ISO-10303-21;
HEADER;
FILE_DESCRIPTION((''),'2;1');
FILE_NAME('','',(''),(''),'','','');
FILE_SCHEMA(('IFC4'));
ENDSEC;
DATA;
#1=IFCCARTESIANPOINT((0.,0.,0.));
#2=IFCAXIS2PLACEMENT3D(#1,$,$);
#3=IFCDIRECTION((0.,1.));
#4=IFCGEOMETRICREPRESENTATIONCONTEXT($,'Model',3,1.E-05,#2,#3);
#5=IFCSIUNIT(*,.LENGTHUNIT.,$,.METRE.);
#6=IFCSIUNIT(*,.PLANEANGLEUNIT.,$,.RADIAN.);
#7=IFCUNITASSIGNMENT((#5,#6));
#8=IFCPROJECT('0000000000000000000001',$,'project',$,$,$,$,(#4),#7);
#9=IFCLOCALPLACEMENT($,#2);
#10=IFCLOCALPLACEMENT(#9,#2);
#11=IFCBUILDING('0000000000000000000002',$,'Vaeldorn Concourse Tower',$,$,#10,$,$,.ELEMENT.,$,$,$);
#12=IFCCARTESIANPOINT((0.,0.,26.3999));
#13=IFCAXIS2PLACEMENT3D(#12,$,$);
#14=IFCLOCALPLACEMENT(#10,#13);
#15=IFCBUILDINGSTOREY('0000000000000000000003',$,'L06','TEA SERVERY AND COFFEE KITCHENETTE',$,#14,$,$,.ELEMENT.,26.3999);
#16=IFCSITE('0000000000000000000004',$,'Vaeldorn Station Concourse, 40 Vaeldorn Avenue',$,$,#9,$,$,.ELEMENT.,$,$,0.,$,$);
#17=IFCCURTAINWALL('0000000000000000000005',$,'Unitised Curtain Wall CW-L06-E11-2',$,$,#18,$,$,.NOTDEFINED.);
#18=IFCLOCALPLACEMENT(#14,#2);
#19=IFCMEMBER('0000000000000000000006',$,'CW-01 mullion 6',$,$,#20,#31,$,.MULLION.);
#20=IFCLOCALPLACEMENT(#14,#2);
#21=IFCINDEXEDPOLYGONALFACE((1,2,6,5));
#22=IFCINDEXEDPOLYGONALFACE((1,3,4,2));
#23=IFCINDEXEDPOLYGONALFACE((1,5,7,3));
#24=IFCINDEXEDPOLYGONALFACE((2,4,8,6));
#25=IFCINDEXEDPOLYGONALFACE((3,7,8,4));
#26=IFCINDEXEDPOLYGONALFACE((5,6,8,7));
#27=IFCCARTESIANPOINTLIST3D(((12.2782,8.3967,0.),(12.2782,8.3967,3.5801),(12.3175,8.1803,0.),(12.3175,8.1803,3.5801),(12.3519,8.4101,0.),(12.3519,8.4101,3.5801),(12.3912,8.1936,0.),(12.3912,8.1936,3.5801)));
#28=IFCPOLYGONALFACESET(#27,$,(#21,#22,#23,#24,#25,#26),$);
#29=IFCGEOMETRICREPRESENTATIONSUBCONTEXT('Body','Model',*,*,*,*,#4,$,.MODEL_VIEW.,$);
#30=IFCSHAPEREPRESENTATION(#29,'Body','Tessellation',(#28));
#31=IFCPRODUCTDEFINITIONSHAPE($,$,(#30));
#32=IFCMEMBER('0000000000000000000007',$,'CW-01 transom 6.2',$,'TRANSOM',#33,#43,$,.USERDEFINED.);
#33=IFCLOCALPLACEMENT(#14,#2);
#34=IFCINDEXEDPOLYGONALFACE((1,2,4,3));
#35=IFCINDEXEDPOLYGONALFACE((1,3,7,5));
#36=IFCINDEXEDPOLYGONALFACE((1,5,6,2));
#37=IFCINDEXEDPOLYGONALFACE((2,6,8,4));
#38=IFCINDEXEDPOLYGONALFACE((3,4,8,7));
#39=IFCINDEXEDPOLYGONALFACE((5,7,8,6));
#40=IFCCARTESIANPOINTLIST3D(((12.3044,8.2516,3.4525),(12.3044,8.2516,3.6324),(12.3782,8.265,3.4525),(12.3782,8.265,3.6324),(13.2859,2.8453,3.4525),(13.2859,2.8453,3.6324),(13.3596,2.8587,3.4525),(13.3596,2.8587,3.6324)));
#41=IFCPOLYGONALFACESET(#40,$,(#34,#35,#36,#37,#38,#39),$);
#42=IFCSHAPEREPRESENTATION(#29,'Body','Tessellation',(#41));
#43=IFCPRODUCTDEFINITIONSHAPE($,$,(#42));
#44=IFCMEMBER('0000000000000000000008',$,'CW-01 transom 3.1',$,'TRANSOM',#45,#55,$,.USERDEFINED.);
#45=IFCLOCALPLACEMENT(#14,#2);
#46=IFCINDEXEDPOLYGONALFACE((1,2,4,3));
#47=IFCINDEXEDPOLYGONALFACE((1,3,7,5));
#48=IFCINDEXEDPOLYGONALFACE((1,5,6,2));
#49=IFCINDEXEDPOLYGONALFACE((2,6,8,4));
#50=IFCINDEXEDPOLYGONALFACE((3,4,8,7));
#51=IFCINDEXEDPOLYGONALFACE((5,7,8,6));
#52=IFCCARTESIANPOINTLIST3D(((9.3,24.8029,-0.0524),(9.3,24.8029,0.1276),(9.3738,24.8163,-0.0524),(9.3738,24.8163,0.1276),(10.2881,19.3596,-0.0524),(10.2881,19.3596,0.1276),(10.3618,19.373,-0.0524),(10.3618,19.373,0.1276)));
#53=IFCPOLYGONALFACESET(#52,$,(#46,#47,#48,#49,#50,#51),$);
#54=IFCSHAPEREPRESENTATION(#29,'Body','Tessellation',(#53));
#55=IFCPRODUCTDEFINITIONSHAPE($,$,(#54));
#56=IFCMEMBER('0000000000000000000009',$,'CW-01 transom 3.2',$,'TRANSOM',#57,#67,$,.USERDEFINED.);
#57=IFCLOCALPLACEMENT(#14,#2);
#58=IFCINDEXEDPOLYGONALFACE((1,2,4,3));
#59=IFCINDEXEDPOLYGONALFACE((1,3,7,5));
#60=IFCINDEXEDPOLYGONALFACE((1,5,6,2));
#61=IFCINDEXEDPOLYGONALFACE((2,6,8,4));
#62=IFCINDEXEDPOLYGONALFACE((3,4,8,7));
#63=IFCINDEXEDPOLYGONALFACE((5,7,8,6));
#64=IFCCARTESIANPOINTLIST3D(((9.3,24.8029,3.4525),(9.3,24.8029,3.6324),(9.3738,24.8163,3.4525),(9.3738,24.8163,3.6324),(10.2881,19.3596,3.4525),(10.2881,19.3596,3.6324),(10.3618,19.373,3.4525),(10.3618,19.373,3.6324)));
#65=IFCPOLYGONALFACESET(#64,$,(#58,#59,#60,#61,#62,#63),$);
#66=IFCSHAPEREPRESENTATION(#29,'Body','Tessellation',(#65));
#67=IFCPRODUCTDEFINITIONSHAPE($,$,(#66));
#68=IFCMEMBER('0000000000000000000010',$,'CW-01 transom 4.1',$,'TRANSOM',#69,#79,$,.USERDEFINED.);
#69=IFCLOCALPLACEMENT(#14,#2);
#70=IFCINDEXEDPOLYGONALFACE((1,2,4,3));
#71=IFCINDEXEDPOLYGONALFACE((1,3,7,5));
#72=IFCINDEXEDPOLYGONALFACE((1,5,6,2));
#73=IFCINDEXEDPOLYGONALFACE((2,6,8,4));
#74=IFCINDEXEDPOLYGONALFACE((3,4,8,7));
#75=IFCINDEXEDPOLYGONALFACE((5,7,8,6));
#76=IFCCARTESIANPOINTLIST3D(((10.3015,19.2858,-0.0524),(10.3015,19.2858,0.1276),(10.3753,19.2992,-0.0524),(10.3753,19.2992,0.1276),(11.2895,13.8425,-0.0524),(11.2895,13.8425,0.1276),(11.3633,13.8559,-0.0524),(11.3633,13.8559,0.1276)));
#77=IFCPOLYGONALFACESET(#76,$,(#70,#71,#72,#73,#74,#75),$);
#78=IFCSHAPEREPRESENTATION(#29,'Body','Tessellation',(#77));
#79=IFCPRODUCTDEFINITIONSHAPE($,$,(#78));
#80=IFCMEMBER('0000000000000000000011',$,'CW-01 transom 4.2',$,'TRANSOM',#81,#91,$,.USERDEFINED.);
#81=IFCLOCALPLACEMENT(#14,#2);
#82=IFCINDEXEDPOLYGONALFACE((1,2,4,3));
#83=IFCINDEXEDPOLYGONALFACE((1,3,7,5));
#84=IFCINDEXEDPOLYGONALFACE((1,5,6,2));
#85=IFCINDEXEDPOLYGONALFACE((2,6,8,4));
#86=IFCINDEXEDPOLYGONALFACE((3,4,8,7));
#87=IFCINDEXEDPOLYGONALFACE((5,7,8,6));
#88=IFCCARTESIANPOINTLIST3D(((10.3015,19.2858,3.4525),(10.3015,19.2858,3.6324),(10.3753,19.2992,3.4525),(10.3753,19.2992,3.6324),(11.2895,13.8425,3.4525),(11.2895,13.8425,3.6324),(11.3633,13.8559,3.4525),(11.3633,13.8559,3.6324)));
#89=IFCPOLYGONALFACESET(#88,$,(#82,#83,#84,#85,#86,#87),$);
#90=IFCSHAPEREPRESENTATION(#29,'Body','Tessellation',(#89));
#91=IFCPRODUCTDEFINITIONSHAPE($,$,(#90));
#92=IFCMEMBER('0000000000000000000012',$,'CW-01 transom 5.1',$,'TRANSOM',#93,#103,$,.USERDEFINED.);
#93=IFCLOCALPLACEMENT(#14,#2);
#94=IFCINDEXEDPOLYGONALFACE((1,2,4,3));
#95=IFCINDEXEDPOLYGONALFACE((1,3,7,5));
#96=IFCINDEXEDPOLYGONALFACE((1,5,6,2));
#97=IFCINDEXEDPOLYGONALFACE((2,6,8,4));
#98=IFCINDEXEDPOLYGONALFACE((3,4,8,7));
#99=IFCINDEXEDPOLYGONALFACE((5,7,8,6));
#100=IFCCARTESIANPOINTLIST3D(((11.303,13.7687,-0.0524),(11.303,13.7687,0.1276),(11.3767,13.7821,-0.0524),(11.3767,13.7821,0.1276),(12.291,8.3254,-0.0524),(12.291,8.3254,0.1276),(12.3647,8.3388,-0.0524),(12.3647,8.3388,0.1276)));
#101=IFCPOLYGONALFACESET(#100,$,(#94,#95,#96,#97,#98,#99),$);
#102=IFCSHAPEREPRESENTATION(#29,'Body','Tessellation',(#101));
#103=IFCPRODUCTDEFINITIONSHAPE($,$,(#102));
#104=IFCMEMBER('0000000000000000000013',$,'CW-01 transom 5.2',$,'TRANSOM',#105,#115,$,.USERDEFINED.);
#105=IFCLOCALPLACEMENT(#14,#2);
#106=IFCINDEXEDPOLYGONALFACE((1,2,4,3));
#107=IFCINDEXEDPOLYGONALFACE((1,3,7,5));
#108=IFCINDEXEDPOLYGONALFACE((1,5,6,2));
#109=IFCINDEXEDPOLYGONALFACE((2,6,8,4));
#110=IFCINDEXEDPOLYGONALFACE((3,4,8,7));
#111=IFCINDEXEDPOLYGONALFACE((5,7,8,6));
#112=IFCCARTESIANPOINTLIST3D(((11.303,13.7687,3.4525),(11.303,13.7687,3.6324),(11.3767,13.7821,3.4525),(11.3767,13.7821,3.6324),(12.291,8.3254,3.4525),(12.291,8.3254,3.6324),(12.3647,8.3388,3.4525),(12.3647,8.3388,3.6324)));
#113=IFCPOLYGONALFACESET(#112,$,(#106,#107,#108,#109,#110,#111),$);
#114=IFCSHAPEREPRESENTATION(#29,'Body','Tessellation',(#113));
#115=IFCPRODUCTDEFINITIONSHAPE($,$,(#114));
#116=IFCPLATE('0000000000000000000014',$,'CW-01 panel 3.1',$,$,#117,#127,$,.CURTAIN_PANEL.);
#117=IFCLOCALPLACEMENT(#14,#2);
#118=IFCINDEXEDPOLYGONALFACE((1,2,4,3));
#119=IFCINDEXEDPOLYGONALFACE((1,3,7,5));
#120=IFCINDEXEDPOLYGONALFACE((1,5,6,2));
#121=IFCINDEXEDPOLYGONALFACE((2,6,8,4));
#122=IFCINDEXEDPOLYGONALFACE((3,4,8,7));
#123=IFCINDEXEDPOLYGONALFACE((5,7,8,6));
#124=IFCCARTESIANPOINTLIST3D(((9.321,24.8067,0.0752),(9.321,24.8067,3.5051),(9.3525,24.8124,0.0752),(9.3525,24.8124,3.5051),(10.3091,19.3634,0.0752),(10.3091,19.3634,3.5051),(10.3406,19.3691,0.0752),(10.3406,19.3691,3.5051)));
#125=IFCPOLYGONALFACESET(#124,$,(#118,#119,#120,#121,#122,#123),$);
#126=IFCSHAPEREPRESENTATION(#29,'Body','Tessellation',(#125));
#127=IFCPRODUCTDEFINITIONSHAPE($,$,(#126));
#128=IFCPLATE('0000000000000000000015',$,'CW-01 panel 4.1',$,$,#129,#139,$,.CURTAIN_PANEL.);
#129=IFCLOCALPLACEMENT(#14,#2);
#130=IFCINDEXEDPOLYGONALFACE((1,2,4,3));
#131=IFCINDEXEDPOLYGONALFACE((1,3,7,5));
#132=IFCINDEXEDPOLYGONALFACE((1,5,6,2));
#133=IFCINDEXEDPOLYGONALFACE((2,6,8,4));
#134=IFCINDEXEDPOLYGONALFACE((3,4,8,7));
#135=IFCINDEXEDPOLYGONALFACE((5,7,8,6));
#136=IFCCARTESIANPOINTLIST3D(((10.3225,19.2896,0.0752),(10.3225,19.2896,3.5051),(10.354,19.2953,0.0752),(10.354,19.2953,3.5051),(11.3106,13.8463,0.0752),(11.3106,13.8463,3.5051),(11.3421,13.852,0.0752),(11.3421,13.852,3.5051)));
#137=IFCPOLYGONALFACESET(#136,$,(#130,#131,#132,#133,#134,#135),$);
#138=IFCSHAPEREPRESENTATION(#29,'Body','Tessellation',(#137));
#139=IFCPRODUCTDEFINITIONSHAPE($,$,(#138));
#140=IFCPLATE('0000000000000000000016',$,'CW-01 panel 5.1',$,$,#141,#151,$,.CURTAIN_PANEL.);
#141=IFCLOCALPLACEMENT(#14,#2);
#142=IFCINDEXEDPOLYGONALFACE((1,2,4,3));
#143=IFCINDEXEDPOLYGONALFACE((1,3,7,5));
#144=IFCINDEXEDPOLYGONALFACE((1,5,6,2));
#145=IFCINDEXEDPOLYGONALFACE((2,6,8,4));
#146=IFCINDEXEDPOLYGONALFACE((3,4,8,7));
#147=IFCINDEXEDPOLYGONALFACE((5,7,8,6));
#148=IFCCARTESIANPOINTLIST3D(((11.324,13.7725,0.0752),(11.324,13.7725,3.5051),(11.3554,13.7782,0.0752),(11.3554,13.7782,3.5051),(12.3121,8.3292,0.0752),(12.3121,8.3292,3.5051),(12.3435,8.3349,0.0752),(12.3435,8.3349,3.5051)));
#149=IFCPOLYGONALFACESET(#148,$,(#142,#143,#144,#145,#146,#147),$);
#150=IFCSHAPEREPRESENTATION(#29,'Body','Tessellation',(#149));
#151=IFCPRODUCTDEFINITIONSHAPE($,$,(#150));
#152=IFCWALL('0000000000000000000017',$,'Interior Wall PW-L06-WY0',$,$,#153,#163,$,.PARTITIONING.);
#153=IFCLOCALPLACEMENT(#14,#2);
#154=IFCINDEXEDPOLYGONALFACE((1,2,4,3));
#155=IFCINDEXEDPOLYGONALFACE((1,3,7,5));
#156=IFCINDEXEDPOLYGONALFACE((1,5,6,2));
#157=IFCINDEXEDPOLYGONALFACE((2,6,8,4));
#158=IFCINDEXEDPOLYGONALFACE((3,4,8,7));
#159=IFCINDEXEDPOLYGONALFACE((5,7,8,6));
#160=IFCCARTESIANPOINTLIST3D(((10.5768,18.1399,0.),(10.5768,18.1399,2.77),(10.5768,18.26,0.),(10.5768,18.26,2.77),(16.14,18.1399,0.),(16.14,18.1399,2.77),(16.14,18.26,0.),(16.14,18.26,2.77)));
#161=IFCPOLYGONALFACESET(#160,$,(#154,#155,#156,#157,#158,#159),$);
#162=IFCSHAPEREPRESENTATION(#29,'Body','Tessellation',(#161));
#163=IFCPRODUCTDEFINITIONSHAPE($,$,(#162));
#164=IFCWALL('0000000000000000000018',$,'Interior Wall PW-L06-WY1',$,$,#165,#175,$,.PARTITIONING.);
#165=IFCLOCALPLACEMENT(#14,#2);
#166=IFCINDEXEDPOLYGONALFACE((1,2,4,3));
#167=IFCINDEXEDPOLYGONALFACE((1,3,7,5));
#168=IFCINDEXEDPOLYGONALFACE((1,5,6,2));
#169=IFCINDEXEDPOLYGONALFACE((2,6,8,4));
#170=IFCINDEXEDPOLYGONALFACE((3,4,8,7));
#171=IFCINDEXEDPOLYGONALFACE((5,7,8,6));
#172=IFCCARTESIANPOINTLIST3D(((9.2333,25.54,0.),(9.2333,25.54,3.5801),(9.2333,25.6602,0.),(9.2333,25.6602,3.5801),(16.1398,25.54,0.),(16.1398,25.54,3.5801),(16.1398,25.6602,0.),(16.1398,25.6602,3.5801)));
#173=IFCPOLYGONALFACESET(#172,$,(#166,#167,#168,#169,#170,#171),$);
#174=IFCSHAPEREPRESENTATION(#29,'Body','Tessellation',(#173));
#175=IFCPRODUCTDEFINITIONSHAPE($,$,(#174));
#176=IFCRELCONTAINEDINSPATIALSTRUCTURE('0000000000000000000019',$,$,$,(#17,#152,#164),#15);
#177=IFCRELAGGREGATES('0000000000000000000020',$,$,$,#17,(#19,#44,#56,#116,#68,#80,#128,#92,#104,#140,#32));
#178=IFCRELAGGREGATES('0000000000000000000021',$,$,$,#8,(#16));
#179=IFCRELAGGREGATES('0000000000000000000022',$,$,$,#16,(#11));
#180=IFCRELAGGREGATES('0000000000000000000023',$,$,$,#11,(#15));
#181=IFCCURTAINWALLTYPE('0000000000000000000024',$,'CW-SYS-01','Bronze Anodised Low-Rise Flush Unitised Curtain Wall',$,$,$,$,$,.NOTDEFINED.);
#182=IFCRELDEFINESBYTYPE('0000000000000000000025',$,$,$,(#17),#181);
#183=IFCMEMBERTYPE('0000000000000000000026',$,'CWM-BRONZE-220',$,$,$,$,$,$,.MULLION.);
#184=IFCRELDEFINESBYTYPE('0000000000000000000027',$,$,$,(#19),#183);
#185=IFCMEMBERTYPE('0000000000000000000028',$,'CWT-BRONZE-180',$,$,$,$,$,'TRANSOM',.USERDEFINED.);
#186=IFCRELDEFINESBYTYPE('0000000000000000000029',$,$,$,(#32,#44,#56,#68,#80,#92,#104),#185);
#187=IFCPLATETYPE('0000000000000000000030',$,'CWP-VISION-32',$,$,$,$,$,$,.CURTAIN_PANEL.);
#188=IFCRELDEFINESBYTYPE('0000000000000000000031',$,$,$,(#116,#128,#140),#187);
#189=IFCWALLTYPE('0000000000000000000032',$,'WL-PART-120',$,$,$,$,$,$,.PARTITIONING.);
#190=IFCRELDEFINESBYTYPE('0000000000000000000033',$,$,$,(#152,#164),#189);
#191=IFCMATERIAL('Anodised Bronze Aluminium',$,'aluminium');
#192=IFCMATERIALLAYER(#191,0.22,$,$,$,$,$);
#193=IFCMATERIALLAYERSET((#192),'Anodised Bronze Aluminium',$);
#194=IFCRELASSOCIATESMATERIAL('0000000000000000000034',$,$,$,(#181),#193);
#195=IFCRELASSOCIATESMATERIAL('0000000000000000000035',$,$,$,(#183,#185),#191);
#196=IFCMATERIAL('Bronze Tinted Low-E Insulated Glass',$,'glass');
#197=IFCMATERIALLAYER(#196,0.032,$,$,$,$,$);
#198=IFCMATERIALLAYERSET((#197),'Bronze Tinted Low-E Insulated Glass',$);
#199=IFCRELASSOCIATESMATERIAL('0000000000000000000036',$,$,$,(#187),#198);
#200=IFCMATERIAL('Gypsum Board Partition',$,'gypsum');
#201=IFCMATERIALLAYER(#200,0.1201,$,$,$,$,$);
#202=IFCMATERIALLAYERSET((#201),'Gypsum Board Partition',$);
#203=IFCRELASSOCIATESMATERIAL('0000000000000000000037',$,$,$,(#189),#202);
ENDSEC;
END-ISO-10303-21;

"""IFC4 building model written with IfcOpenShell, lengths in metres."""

from ifc_helpers import new_model, si_unit, direction, frame, frame_2d, origin, origin_2d, place, context, subcontext, project, spatial, rectangle, extrude, source, transform, mapped, material, layer, layer_set, material_profile, profile_set, type_object, element, aggregate, save


model = new_model("IFC4")

# Units and contexts
model_context = context("Model", 3, precision=1e-05, world=origin(), true_north=direction((0.0, 1.0)))
body_context = subcontext(model_context, "Body", "Model", "MODEL_VIEW")
ifc_project = project(units=[si_unit("LENGTHUNIT", "METRE"), si_unit("PLANEANGLEUNIT", "RADIAN")], contexts=[model_context])

# Site, building, storey
site_placement = place(None, origin())
site = spatial("IfcSite", under=ifc_project, at=site_placement, Name="Vaeldorn Station Concourse, 40 Vaeldorn Avenue", CompositionType="ELEMENT", RefElevation=0.0)
building_placement = place(site_placement, origin())
building = spatial("IfcBuilding", under=site, at=building_placement, Name="Vaeldorn Concourse Tower", CompositionType="ELEMENT")
storey_placement = place(building_placement, frame((0.0, 0.0, 26.3999)))
storey = spatial("IfcBuildingStorey", under=building, at=storey_placement, Name="L06", Description="TEA SERVERY AND COFFEE KITCHENETTE", CompositionType="ELEMENT", Elevation=26.3999)

# Curtain wall, members, plates
ifc_material_1 = material(Name="Anodised Bronze Aluminium", Category="aluminium")
ifc_layer_1 = layer(ifc_material_1, 0.22)
ifc_layer_set_1 = layer_set([ifc_layer_1], Name="Anodised Bronze Aluminium")
curtain_wall_type = type_object("IfcCurtainWallType", Name="CW-SYS-01", Description="Bronze Anodised Low-Rise Flush Unitised Curtain Wall", PredefinedType="NOTDEFINED", material=ifc_layer_set_1)
curtain_wall_placement = place(storey_placement, origin())
curtain_wall = element("IfcCurtainWall", 1, at=curtain_wall_placement, inside=storey, type_object=curtain_wall_type, Name="Unitised Curtain Wall CW-L06-E11-2", PredefinedType="NOTDEFINED")
ifc_material_profile_1 = material_profile(ifc_material_1, rectangle(XDim=0.075, YDim=0.22, at=origin_2d()), Name="CWM 75x220")
ifc_profile_set_1 = profile_set([ifc_material_profile_1], Name="Anodised Bronze Aluminium")
member_type_1 = type_object("IfcMemberType", Name="CWM-BRONZE-220", PredefinedType="MULLION", material=ifc_profile_set_1)
shared_shape_1 = source(origin(), body_context, "Body", "SweptSolid", [
    extrude(rectangle(XDim=0.075, YDim=0.22, at=origin_2d()), origin(), (0.0, 0.0, 1.0), 3.5801),
])
member_1_placement = place(storey_placement, frame((12.3347, 8.2952, 0.0), z_axis=(0.0, 0.0, 1.0), x_axis=(0.98392, 0.178609, 0.0)))
member_1 = element("IfcMember", 2, at=member_1_placement, type_object=member_type_1, Name="CW-01 mullion 6", PredefinedType="MULLION", context=body_context, shape_type="MappedRepresentation", body=[
    mapped(shared_shape_1, transform((0.0, 0.0, 0.0), scale=1.0)),
])
ifc_material_profile_2 = material_profile(ifc_material_1, rectangle(XDim=0.075, YDim=0.1799, at=origin_2d()), Name="CWT 75x180")
ifc_profile_set_2 = profile_set([ifc_material_profile_2], Name="Anodised Bronze Aluminium")
member_type_2 = type_object("IfcMemberType", Name="CWT-BRONZE-180", ElementType="TRANSOM", PredefinedType="USERDEFINED", material=ifc_profile_set_2)
shared_shape_2 = source(origin(), body_context, "Body", "SweptSolid", [
    extrude(rectangle(XDim=0.075, YDim=0.1799, at=origin_2d()), origin(), (0.0, 0.0, 1.0), 5.4946),
])
member_2_placement = place(storey_placement, frame((12.3413, 8.2583, 3.5425), z_axis=(0.17862, -0.983918, 0.0), x_axis=(0.983918, 0.17862, 0.0)))
member_2 = element("IfcMember", 3, at=member_2_placement, type_object=member_type_2, Name="CW-01 transom 6.2", ObjectType="TRANSOM", PredefinedType="USERDEFINED", context=body_context, shape_type="MappedRepresentation", body=[
    mapped(shared_shape_2, transform((0.0, 0.0, 0.0), scale=1.0)),
])
shared_shape_3 = source(origin(), body_context, "Body", "SweptSolid", [
    extrude(rectangle(XDim=0.075, YDim=0.1799, at=origin_2d()), origin(), (0.0, 0.0, 1.0), 5.5322),
])
member_3_placement = place(storey_placement, frame((9.3369, 24.8096, 0.0376), z_axis=(0.178594, -0.983923, 0.0), x_axis=(0.983923, 0.178594, 0.0)))
member_3 = element("IfcMember", 4, at=member_3_placement, type_object=member_type_2, Name="CW-01 transom 3.1", ObjectType="TRANSOM", PredefinedType="USERDEFINED", context=body_context, shape_type="MappedRepresentation", body=[
    mapped(shared_shape_3, transform((0.0, 0.0, 0.0), scale=1.0)),
])
member_4_placement = place(storey_placement, frame((9.3369, 24.8096, 3.5425), z_axis=(0.178594, -0.983923, 0.0), x_axis=(0.983923, 0.178594, 0.0)))
member_4 = element("IfcMember", 5, at=member_4_placement, type_object=member_type_2, Name="CW-01 transom 3.2", ObjectType="TRANSOM", PredefinedType="USERDEFINED", context=body_context, shape_type="MappedRepresentation", body=[
    mapped(shared_shape_3, transform((0.0, 0.0, 0.0), scale=1.0)),
])
member_5_placement = place(storey_placement, frame((10.3384, 19.2925, 0.0376), z_axis=(0.178594, -0.983923, 0.0), x_axis=(0.983923, 0.178594, 0.0)))
member_5 = element("IfcMember", 6, at=member_5_placement, type_object=member_type_2, Name="CW-01 transom 4.1", ObjectType="TRANSOM", PredefinedType="USERDEFINED", context=body_context, shape_type="MappedRepresentation", body=[
    mapped(shared_shape_3, transform((0.0, 0.0, 0.0), scale=1.0)),
])
member_6_placement = place(storey_placement, frame((10.3384, 19.2925, 3.5425), z_axis=(0.178594, -0.983923, 0.0), x_axis=(0.983923, 0.178594, 0.0)))
member_6 = element("IfcMember", 7, at=member_6_placement, type_object=member_type_2, Name="CW-01 transom 4.2", ObjectType="TRANSOM", PredefinedType="USERDEFINED", context=body_context, shape_type="MappedRepresentation", body=[
    mapped(shared_shape_3, transform((0.0, 0.0, 0.0), scale=1.0)),
])
member_7_placement = place(storey_placement, frame((11.3398, 13.7754, 0.0376), z_axis=(0.178594, -0.983923, 0.0), x_axis=(0.983923, 0.178594, 0.0)))
member_7 = element("IfcMember", 8, at=member_7_placement, type_object=member_type_2, Name="CW-01 transom 5.1", ObjectType="TRANSOM", PredefinedType="USERDEFINED", context=body_context, shape_type="MappedRepresentation", body=[
    mapped(shared_shape_3, transform((0.0, 0.0, 0.0), scale=1.0)),
])
member_8_placement = place(storey_placement, frame((11.3398, 13.7754, 3.5425), z_axis=(0.178594, -0.983923, 0.0), x_axis=(0.983923, 0.178594, 0.0)))
member_8 = element("IfcMember", 9, at=member_8_placement, type_object=member_type_2, Name="CW-01 transom 5.2", ObjectType="TRANSOM", PredefinedType="USERDEFINED", context=body_context, shape_type="MappedRepresentation", body=[
    mapped(shared_shape_3, transform((0.0, 0.0, 0.0), scale=1.0)),
])
ifc_material_2 = material(Name="Bronze Tinted Low-E Insulated Glass", Category="glass")
ifc_layer_2 = layer(ifc_material_2, 0.032)
ifc_layer_set_2 = layer_set([ifc_layer_2], Name="Bronze Tinted Low-E Insulated Glass")
plate_type = type_object("IfcPlateType", Name="CWP-VISION-32", PredefinedType="CURTAIN_PANEL", material=ifc_layer_set_2)
shared_shape_4 = source(origin(), body_context, "Body", "SweptSolid", [
    extrude(rectangle(XDim=5.5322, YDim=0.032, at=origin_2d()), origin(), (0.0, 0.0, 1.0), 3.4299),
])
plate_1_placement = place(storey_placement, frame((9.8308, 22.0879, 0.0752), z_axis=(0.0, 0.0, 1.0), x_axis=(0.178609, -0.98392, 0.0)))
plate_1 = element("IfcPlate", 10, at=plate_1_placement, type_object=plate_type, Name="CW-01 panel 3.1", PredefinedType="CURTAIN_PANEL", context=body_context, shape_type="MappedRepresentation", body=[
    mapped(shared_shape_4, transform((0.0, 0.0, 0.0), scale=1.0)),
])
plate_2_placement = place(storey_placement, frame((10.8323, 16.5708, 0.0752), z_axis=(0.0, 0.0, 1.0), x_axis=(0.178609, -0.98392, 0.0)))
plate_2 = element("IfcPlate", 11, at=plate_2_placement, type_object=plate_type, Name="CW-01 panel 4.1", PredefinedType="CURTAIN_PANEL", context=body_context, shape_type="MappedRepresentation", body=[
    mapped(shared_shape_4, transform((0.0, 0.0, 0.0), scale=1.0)),
])
plate_3_placement = place(storey_placement, frame((11.8337, 11.0537, 0.0752), z_axis=(0.0, 0.0, 1.0), x_axis=(0.178609, -0.98392, 0.0)))
plate_3 = element("IfcPlate", 12, at=plate_3_placement, type_object=plate_type, Name="CW-01 panel 5.1", PredefinedType="CURTAIN_PANEL", context=body_context, shape_type="MappedRepresentation", body=[
    mapped(shared_shape_4, transform((0.0, 0.0, 0.0), scale=1.0)),
])
aggregate(curtain_wall, [member_1, member_3, member_4, plate_1, member_5, member_6, plate_2, member_7, member_8, plate_3, member_2])

# Walls
ifc_material_3 = material(Name="Gypsum Board Partition", Category="gypsum")
ifc_layer_3 = layer(ifc_material_3, 0.1201)
ifc_layer_set_3 = layer_set([ifc_layer_3], Name="Gypsum Board Partition")
wall_type = type_object("IfcWallType", Name="WL-PART-120", PredefinedType="PARTITIONING", material=ifc_layer_set_3)
wall_1_placement = place(storey_placement, frame((10.5767, 18.2, 0.0), z_axis=(0.0, 0.0, 1.0), x_axis=(1.0, 0.0, 0.0)))
element("IfcWall", 13, at=wall_1_placement, inside=storey, type_object=wall_type, Name="Interior Wall PW-L06-WY0", PredefinedType="PARTITIONING", context=body_context, shape_type="SweptSolid", body=[
    extrude(rectangle(XDim=5.5632, YDim=0.1201, at=frame_2d((2.7817, 0.0))), origin(), (0.0, 0.0, 1.0), 2.77),
])
wall_2_placement = place(storey_placement, frame((9.2334, 25.6001, 0.0), z_axis=(0.0, 0.0, 1.0), x_axis=(1.0, 0.0, 0.0)))
element("IfcWall", 14, at=wall_2_placement, inside=storey, type_object=wall_type, Name="Interior Wall PW-L06-WY1", PredefinedType="PARTITIONING", context=body_context, shape_type="SweptSolid", body=[
    extrude(rectangle(XDim=6.9065, YDim=0.1201, at=frame_2d((3.4531, 0.0))), origin(), (0.0, 0.0, 1.0), 3.5801),
])

save(model, "model.ifc")
